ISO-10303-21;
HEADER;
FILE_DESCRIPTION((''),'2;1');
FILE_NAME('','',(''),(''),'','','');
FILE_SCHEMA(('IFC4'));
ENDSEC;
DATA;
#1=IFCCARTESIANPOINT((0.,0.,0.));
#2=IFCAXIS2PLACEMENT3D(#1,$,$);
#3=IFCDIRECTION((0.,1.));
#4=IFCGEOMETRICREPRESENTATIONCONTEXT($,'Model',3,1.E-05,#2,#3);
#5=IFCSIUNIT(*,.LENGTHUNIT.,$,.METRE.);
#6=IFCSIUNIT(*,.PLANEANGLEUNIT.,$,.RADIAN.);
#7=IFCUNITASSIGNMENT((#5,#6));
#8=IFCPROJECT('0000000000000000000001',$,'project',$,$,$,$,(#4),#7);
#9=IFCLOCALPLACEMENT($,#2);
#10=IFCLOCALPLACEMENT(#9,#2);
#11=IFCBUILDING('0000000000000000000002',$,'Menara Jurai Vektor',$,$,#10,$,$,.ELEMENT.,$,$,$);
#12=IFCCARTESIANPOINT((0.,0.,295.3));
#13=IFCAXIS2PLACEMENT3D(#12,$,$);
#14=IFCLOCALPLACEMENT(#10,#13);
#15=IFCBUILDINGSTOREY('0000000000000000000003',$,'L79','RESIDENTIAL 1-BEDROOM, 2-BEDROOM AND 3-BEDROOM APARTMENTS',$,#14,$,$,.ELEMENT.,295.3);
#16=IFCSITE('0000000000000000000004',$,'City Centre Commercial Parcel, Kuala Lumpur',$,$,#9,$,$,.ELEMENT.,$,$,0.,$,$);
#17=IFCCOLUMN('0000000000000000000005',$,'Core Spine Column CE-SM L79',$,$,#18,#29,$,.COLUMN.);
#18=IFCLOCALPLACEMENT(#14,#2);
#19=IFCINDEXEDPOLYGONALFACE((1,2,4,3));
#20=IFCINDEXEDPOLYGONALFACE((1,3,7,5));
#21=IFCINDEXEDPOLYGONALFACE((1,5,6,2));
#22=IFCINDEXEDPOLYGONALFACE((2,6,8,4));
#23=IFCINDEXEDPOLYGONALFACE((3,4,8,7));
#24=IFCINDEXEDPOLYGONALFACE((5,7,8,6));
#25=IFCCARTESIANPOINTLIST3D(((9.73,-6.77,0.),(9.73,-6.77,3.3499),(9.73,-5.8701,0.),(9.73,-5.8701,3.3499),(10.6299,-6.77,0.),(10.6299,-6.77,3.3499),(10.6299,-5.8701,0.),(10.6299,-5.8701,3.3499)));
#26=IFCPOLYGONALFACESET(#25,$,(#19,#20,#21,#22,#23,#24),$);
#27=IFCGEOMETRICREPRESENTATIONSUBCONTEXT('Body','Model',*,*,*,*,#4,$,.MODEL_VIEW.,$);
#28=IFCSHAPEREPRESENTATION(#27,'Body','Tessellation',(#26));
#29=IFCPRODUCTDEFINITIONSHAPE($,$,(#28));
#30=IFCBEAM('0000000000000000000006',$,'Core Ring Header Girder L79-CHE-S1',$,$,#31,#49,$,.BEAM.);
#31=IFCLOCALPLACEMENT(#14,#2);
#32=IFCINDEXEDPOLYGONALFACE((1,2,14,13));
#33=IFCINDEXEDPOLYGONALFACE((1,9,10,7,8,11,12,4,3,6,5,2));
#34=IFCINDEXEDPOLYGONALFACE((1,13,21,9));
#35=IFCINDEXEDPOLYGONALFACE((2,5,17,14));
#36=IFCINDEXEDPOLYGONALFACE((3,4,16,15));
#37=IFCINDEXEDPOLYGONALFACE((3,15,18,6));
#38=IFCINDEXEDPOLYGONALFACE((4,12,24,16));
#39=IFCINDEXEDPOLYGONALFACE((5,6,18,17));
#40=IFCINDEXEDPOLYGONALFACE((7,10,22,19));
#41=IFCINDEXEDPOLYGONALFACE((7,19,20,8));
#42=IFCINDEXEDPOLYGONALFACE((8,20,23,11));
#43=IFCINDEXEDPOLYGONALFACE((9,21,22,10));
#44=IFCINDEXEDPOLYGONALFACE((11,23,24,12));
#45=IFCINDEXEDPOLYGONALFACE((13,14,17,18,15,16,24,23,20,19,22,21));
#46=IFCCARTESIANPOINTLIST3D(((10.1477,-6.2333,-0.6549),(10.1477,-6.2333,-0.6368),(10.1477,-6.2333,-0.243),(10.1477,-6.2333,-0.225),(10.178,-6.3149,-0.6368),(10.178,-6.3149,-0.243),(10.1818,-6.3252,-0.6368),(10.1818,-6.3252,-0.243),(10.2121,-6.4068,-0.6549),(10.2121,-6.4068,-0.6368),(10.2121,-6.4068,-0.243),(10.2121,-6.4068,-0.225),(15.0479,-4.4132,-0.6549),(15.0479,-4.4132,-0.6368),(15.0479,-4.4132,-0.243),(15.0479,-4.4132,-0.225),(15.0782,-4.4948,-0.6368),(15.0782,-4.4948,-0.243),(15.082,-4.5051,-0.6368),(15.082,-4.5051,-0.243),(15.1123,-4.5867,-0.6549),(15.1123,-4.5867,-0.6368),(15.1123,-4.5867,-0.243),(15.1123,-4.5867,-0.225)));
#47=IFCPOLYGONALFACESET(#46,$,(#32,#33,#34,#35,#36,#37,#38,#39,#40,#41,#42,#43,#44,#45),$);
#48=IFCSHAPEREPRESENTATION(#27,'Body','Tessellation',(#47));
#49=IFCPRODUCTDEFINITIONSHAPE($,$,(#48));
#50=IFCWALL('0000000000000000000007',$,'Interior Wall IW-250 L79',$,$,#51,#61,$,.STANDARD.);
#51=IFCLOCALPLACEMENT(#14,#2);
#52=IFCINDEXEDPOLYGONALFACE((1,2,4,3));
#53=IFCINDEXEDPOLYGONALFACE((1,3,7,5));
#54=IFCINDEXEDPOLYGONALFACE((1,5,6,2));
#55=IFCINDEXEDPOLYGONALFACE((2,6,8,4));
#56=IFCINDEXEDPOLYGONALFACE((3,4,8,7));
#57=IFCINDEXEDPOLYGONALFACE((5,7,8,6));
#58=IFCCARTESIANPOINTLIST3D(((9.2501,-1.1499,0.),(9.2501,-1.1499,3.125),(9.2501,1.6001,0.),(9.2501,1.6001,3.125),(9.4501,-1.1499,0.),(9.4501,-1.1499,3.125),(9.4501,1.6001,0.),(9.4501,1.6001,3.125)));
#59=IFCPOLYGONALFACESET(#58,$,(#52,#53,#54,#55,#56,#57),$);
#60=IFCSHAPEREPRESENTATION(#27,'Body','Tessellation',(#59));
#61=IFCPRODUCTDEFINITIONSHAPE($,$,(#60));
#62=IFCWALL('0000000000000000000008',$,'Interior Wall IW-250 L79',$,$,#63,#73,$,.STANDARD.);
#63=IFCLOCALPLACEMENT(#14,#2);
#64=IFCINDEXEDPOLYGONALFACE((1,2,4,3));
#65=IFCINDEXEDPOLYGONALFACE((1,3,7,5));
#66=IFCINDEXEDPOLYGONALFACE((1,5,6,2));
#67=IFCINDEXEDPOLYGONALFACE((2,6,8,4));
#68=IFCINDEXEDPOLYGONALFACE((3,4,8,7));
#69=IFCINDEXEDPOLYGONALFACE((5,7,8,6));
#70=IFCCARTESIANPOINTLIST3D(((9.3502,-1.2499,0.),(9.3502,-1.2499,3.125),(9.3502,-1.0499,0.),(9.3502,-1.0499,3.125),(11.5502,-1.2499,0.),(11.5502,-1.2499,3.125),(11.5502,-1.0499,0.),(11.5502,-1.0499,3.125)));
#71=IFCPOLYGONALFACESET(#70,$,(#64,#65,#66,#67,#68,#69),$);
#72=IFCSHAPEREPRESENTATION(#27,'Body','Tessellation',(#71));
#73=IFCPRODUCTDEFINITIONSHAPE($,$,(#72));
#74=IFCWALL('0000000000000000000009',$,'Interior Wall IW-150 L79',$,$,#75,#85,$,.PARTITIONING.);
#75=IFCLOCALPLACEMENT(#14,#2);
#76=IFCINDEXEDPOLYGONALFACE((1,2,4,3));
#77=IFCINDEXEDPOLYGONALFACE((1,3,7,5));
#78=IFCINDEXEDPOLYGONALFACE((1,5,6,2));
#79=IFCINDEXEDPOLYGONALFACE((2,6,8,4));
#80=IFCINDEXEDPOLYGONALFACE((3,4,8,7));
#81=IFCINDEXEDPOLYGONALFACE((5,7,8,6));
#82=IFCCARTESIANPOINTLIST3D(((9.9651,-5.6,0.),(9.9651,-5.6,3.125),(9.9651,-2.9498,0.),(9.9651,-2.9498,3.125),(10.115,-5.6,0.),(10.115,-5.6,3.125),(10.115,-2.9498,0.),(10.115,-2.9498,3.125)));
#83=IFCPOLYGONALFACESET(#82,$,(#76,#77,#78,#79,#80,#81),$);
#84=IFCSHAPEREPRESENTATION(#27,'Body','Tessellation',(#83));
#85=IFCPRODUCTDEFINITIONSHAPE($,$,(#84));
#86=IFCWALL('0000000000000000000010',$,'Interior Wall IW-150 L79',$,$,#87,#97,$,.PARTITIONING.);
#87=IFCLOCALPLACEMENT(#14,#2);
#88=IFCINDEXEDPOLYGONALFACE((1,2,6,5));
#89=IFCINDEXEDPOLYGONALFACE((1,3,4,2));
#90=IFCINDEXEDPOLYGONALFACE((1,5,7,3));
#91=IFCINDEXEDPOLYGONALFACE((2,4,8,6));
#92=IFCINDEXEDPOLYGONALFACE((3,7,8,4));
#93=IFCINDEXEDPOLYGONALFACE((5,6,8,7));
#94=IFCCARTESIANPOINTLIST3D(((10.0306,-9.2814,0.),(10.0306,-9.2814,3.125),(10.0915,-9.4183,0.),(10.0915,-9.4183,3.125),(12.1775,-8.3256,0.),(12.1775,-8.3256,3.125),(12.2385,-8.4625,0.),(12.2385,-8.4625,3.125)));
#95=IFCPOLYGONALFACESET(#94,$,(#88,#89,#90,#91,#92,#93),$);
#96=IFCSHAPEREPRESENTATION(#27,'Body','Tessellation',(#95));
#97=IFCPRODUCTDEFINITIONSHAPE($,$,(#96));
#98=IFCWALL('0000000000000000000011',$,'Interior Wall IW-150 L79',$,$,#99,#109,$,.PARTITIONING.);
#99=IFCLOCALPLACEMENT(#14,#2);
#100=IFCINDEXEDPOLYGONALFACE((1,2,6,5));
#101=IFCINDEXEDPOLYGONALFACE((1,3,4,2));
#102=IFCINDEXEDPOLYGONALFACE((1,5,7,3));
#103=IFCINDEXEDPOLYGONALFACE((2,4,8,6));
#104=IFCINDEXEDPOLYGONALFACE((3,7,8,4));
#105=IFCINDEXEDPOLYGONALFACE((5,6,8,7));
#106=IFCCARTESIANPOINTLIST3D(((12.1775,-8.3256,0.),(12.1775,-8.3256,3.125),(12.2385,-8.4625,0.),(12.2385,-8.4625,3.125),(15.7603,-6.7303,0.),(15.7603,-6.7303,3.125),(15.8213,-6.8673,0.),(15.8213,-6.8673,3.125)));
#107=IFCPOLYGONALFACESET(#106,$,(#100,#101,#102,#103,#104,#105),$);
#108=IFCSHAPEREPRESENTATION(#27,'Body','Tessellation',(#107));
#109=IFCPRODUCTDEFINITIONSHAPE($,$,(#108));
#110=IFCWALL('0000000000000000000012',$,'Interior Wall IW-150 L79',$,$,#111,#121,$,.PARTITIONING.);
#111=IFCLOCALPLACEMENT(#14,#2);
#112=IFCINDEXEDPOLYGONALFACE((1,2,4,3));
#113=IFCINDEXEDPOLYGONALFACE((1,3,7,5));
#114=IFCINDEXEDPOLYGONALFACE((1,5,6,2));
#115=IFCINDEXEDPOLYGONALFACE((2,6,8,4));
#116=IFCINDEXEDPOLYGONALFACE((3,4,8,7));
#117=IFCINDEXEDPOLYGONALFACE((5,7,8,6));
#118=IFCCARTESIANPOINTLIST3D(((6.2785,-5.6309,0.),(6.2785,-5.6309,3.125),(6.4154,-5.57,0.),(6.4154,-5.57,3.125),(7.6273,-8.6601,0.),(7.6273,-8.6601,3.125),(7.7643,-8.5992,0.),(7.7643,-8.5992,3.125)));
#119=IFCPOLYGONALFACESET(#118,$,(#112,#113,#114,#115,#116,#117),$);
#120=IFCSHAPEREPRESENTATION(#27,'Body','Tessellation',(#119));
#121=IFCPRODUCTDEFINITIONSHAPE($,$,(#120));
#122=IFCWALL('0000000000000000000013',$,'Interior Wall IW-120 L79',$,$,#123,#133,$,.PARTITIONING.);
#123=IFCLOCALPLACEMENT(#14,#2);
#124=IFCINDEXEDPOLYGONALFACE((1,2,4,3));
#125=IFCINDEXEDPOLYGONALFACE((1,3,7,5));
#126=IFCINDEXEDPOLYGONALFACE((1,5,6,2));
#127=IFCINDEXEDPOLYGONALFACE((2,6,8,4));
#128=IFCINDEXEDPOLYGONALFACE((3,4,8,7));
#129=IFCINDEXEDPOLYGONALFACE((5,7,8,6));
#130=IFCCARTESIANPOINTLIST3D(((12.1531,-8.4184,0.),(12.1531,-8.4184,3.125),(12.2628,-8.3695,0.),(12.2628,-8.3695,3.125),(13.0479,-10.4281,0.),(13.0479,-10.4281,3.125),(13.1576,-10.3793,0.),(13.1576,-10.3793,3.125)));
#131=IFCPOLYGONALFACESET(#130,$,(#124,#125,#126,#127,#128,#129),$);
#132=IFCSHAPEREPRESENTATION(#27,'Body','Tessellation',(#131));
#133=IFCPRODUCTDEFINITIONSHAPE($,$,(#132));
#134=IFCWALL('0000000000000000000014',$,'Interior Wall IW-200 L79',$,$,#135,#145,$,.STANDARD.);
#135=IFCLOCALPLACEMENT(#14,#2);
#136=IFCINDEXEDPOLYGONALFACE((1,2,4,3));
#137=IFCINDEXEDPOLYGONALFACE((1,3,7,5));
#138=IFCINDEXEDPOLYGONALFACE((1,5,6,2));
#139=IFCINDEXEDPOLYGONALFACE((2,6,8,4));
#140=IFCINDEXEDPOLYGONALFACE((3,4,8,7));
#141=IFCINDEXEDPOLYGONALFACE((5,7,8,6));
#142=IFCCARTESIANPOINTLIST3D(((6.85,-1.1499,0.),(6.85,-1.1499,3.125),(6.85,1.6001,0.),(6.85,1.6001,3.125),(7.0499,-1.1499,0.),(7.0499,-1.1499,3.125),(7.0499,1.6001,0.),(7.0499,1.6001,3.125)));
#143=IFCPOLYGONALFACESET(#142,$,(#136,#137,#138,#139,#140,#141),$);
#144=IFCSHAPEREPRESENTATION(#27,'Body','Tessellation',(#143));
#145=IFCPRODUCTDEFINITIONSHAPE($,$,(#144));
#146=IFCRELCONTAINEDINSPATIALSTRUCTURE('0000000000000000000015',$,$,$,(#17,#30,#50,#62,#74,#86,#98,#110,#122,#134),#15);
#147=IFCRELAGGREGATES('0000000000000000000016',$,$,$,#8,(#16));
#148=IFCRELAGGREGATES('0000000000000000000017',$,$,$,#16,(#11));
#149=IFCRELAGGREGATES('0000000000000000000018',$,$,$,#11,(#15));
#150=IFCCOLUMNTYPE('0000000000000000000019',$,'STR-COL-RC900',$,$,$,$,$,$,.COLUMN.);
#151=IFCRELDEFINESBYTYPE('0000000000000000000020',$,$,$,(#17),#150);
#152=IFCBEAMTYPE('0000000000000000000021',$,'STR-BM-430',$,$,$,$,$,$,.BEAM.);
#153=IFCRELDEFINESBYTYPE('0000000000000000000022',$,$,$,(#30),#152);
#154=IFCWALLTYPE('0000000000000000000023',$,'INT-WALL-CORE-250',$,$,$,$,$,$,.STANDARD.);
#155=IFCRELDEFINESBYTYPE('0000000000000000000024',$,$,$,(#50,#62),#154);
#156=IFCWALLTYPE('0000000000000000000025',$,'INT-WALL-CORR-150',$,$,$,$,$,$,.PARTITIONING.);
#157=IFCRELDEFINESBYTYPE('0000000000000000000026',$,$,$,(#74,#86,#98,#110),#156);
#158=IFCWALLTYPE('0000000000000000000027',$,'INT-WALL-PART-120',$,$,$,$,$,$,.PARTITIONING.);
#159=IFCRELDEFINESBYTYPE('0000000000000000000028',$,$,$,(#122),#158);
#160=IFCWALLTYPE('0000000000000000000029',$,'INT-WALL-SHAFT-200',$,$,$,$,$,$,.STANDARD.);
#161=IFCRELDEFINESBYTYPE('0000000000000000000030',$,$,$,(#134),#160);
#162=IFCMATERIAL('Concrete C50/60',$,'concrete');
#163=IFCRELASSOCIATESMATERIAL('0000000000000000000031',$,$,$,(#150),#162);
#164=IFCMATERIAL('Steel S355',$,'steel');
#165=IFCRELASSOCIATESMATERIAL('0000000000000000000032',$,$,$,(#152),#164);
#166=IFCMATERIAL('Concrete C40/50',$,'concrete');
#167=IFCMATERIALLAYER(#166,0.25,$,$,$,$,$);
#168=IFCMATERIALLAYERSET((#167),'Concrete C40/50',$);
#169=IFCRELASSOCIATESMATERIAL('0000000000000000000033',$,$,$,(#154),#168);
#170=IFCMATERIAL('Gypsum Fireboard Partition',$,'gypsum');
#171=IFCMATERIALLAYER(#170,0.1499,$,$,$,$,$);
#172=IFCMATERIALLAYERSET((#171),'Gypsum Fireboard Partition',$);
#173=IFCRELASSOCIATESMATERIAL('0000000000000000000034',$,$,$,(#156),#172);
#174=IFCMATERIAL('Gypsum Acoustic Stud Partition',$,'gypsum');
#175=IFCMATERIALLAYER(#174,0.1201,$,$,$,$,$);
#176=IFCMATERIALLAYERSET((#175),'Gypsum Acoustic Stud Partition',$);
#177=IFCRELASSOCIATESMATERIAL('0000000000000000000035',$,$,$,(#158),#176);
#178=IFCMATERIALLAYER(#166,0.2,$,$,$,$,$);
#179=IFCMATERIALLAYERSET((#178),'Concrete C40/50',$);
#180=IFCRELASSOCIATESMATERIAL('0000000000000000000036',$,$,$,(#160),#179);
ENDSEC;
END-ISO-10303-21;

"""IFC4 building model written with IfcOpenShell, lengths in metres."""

from ifc_helpers import new_model, si_unit, direction, frame, frame_2d, origin, origin_2d, place, context, subcontext, project, spatial, rectangle, i_section, extrude, material, layer, layer_set, material_profile, profile_set, type_object, element, save


model = new_model("IFC4")

# Units and contexts
model_context = context("Model", 3, precision=1e-05, world=origin(), true_north=direction((0.0, 1.0)))
body_context = subcontext(model_context, "Body", "Model", "MODEL_VIEW")
ifc_project = project(units=[si_unit("LENGTHUNIT", "METRE"), si_unit("PLANEANGLEUNIT", "RADIAN")], contexts=[model_context])

# Site, building, storey
site_placement = place(None, origin())
site = spatial("IfcSite", under=ifc_project, at=site_placement, Name="City Centre Commercial Parcel, Kuala Lumpur", CompositionType="ELEMENT", RefElevation=0.0)
building_placement = place(site_placement, origin())
building = spatial("IfcBuilding", under=site, at=building_placement, Name="Menara Jurai Vektor", CompositionType="ELEMENT")
storey_placement = place(building_placement, frame((0.0, 0.0, 295.3)))
storey = spatial("IfcBuildingStorey", under=building, at=storey_placement, Name="L79", Description="RESIDENTIAL 1-BEDROOM, 2-BEDROOM AND 3-BEDROOM APARTMENTS", CompositionType="ELEMENT", Elevation=295.3)

# Column
ifc_material_1 = material(Name="Concrete C50/60", Category="concrete")
ifc_material_profile_1 = material_profile(ifc_material_1, rectangle(XDim=0.8999, YDim=0.8999, at=origin_2d()), Name="RC 900x900")
ifc_profile_set_1 = profile_set([ifc_material_profile_1], Name="Concrete C50/60")
column_type = type_object("IfcColumnType", Name="STR-COL-RC900", PredefinedType="COLUMN", material=ifc_profile_set_1)
column_placement = place(storey_placement, frame((10.1799, -6.3201, 0.0), z_axis=(0.0, 0.0, 1.0), x_axis=(1.0, 0.0, 0.0)))
element("IfcColumn", 1, at=column_placement, inside=storey, type_object=column_type, Name="Core Spine Column CE-SM L79", PredefinedType="COLUMN", context=body_context, shape_type="SweptSolid", body=[
    extrude(rectangle(XDim=0.8999, YDim=0.8999, at=origin_2d()), origin(), (0.0, 0.0, 1.0), 3.3499),
])

# Beam
ifc_material_2 = material(Name="Steel S355", Category="steel")
ifc_material_profile_2 = material_profile(ifc_material_2, i_section(OverallWidth=0.1851, OverallDepth=0.4299, WebThickness=0.011, FlangeThickness=0.0181, at=origin_2d()), Name="PG 430x185x76")
ifc_profile_set_2 = profile_set([ifc_material_profile_2], Name="Steel S355")
beam_type = type_object("IfcBeamType", Name="STR-BM-430", PredefinedType="BEAM", material=ifc_profile_set_2)
beam_placement = place(storey_placement, frame((10.1799, -6.3201, -0.4399), z_axis=(0.937424, 0.348189, 0.0), x_axis=(-0.348189, 0.937424, 0.0)))
element("IfcBeam", 2, at=beam_placement, inside=storey, type_object=beam_type, Name="Core Ring Header Girder L79-CHE-S1", PredefinedType="BEAM", context=body_context, shape_type="SweptSolid", body=[
    extrude(i_section(OverallWidth=0.1851, OverallDepth=0.4299, WebThickness=0.011, FlangeThickness=0.0181, at=origin_2d()), origin(), (0.0, 0.0, 1.0), 5.2273),
])

# Walls
ifc_material_3 = material(Name="Concrete C40/50", Category="concrete")
ifc_layer_1 = layer(ifc_material_3, 0.25)
ifc_layer_set_1 = layer_set([ifc_layer_1], Name="Concrete C40/50")
wall_type_1 = type_object("IfcWallType", Name="INT-WALL-CORE-250", PredefinedType="STANDARD", material=ifc_layer_set_1)
wall_1_placement = place(storey_placement, frame((9.3501, -1.1499, 0.0), z_axis=(0.0, 0.0, 1.0), x_axis=(0.0, 1.0, 0.0)))
element("IfcWall", 3, at=wall_1_placement, inside=storey, type_object=wall_type_1, Name="Interior Wall IW-250 L79", PredefinedType="STANDARD", context=body_context, shape_type="SweptSolid", body=[
    extrude(rectangle(XDim=2.75, YDim=0.2, at=frame_2d((1.375, 0.0))), origin(), (0.0, 0.0, 1.0), 3.125),
])
wall_2_placement = place(storey_placement, frame((9.3501, -1.1499, 0.0), z_axis=(0.0, 0.0, 1.0), x_axis=(1.0, 0.0, 0.0)))
element("IfcWall", 4, at=wall_2_placement, inside=storey, type_object=wall_type_1, Name="Interior Wall IW-250 L79", PredefinedType="STANDARD", context=body_context, shape_type="SweptSolid", body=[
    extrude(rectangle(XDim=2.2, YDim=0.2, at=frame_2d((1.1001, 0.0))), origin(), (0.0, 0.0, 1.0), 3.125),
])
ifc_material_4 = material(Name="Gypsum Fireboard Partition", Category="gypsum")
ifc_layer_2 = layer(ifc_material_4, 0.1499)
ifc_layer_set_2 = layer_set([ifc_layer_2], Name="Gypsum Fireboard Partition")
wall_type_2 = type_object("IfcWallType", Name="INT-WALL-CORR-150", PredefinedType="PARTITIONING", material=ifc_layer_set_2)
wall_3_placement = place(storey_placement, frame((10.04, -5.6001, 0.0), z_axis=(0.0, 0.0, 1.0), x_axis=(0.0, 1.0, 0.0)))
element("IfcWall", 5, at=wall_3_placement, inside=storey, type_object=wall_type_2, Name="Interior Wall IW-150 L79", PredefinedType="PARTITIONING", context=body_context, shape_type="SweptSolid", body=[
    extrude(rectangle(XDim=2.6501, YDim=0.1499, at=frame_2d((1.3252, 0.0))), origin(), (0.0, 0.0, 1.0), 3.125),
])

# Walls
wall_4_placement = place(storey_placement, frame((10.061, -9.3499, 0.0), z_axis=(0.0, 0.0, 1.0), x_axis=(0.913559, 0.406707, 0.0)))
element("IfcWall", 6, at=wall_4_placement, inside=storey, type_object=wall_type_2, Name="Interior Wall IW-150 L79", PredefinedType="PARTITIONING", context=body_context, shape_type="SweptSolid", body=[
    extrude(rectangle(XDim=2.3501, YDim=0.1499, at=frame_2d((1.175, 0.0))), origin(), (0.0, 0.0, 1.0), 3.125),
])
wall_5_placement = place(storey_placement, frame((12.208, -8.394, 0.0), z_axis=(0.0, 0.0, 1.0), x_axis=(0.913539, 0.406751, 0.0)))
element("IfcWall", 7, at=wall_5_placement, inside=storey, type_object=wall_type_2, Name="Interior Wall IW-150 L79", PredefinedType="PARTITIONING", context=body_context, shape_type="SweptSolid", body=[
    extrude(rectangle(XDim=3.9219, YDim=0.1499, at=frame_2d((1.9609, 0.0))), origin(), (0.0, 0.0, 1.0), 3.125),
])

# Walls
wall_6_placement = place(storey_placement, frame((7.6958, -8.6296, 0.0), z_axis=(0.0, 0.0, 1.0), x_axis=(-0.406774, 0.913529, 0.0)))
element("IfcWall", 8, at=wall_6_placement, inside=storey, type_object=wall_type_2, Name="Interior Wall IW-150 L79", PredefinedType="PARTITIONING", context=body_context, shape_type="SweptSolid", body=[
    extrude(rectangle(XDim=3.3159, YDim=0.1499, at=frame_2d((1.658, 0.0))), origin(), (0.0, 0.0, 1.0), 3.125),
])
ifc_material_5 = material(Name="Gypsum Acoustic Stud Partition", Category="gypsum")
ifc_layer_3 = layer(ifc_material_5, 0.1201)
ifc_layer_set_3 = layer_set([ifc_layer_3], Name="Gypsum Acoustic Stud Partition")
wall_type_3 = type_object("IfcWallType", Name="INT-WALL-PART-120", PredefinedType="PARTITIONING", material=ifc_layer_set_3)
wall_7_placement = place(storey_placement, frame((13.1028, -10.4038, 0.0), z_axis=(0.0, 0.0, 1.0), x_axis=(-0.406725, 0.913551, 0.0)))
element("IfcWall", 9, at=wall_7_placement, inside=storey, type_object=wall_type_3, Name="Interior Wall IW-120 L79", PredefinedType="PARTITIONING", context=body_context, shape_type="SweptSolid", body=[
    extrude(rectangle(XDim=2.2, YDim=0.1201, at=frame_2d((1.1001, 0.0))), origin(), (0.0, 0.0, 1.0), 3.125),
])
ifc_layer_4 = layer(ifc_material_3, 0.2)
ifc_layer_set_4 = layer_set([ifc_layer_4], Name="Concrete C40/50")
wall_type_4 = type_object("IfcWallType", Name="INT-WALL-SHAFT-200", PredefinedType="STANDARD", material=ifc_layer_set_4)
wall_8_placement = place(storey_placement, frame((6.95, -1.1499, 0.0), z_axis=(0.0, 0.0, 1.0), x_axis=(0.0, 1.0, 0.0)))
element("IfcWall", 10, at=wall_8_placement, inside=storey, type_object=wall_type_4, Name="Interior Wall IW-200 L79", PredefinedType="STANDARD", context=body_context, shape_type="SweptSolid", body=[
    extrude(rectangle(XDim=2.75, YDim=0.2, at=frame_2d((1.375, 0.0))), origin(), (0.0, 0.0, 1.0), 3.125),
])

save(model, "model.ifc")
